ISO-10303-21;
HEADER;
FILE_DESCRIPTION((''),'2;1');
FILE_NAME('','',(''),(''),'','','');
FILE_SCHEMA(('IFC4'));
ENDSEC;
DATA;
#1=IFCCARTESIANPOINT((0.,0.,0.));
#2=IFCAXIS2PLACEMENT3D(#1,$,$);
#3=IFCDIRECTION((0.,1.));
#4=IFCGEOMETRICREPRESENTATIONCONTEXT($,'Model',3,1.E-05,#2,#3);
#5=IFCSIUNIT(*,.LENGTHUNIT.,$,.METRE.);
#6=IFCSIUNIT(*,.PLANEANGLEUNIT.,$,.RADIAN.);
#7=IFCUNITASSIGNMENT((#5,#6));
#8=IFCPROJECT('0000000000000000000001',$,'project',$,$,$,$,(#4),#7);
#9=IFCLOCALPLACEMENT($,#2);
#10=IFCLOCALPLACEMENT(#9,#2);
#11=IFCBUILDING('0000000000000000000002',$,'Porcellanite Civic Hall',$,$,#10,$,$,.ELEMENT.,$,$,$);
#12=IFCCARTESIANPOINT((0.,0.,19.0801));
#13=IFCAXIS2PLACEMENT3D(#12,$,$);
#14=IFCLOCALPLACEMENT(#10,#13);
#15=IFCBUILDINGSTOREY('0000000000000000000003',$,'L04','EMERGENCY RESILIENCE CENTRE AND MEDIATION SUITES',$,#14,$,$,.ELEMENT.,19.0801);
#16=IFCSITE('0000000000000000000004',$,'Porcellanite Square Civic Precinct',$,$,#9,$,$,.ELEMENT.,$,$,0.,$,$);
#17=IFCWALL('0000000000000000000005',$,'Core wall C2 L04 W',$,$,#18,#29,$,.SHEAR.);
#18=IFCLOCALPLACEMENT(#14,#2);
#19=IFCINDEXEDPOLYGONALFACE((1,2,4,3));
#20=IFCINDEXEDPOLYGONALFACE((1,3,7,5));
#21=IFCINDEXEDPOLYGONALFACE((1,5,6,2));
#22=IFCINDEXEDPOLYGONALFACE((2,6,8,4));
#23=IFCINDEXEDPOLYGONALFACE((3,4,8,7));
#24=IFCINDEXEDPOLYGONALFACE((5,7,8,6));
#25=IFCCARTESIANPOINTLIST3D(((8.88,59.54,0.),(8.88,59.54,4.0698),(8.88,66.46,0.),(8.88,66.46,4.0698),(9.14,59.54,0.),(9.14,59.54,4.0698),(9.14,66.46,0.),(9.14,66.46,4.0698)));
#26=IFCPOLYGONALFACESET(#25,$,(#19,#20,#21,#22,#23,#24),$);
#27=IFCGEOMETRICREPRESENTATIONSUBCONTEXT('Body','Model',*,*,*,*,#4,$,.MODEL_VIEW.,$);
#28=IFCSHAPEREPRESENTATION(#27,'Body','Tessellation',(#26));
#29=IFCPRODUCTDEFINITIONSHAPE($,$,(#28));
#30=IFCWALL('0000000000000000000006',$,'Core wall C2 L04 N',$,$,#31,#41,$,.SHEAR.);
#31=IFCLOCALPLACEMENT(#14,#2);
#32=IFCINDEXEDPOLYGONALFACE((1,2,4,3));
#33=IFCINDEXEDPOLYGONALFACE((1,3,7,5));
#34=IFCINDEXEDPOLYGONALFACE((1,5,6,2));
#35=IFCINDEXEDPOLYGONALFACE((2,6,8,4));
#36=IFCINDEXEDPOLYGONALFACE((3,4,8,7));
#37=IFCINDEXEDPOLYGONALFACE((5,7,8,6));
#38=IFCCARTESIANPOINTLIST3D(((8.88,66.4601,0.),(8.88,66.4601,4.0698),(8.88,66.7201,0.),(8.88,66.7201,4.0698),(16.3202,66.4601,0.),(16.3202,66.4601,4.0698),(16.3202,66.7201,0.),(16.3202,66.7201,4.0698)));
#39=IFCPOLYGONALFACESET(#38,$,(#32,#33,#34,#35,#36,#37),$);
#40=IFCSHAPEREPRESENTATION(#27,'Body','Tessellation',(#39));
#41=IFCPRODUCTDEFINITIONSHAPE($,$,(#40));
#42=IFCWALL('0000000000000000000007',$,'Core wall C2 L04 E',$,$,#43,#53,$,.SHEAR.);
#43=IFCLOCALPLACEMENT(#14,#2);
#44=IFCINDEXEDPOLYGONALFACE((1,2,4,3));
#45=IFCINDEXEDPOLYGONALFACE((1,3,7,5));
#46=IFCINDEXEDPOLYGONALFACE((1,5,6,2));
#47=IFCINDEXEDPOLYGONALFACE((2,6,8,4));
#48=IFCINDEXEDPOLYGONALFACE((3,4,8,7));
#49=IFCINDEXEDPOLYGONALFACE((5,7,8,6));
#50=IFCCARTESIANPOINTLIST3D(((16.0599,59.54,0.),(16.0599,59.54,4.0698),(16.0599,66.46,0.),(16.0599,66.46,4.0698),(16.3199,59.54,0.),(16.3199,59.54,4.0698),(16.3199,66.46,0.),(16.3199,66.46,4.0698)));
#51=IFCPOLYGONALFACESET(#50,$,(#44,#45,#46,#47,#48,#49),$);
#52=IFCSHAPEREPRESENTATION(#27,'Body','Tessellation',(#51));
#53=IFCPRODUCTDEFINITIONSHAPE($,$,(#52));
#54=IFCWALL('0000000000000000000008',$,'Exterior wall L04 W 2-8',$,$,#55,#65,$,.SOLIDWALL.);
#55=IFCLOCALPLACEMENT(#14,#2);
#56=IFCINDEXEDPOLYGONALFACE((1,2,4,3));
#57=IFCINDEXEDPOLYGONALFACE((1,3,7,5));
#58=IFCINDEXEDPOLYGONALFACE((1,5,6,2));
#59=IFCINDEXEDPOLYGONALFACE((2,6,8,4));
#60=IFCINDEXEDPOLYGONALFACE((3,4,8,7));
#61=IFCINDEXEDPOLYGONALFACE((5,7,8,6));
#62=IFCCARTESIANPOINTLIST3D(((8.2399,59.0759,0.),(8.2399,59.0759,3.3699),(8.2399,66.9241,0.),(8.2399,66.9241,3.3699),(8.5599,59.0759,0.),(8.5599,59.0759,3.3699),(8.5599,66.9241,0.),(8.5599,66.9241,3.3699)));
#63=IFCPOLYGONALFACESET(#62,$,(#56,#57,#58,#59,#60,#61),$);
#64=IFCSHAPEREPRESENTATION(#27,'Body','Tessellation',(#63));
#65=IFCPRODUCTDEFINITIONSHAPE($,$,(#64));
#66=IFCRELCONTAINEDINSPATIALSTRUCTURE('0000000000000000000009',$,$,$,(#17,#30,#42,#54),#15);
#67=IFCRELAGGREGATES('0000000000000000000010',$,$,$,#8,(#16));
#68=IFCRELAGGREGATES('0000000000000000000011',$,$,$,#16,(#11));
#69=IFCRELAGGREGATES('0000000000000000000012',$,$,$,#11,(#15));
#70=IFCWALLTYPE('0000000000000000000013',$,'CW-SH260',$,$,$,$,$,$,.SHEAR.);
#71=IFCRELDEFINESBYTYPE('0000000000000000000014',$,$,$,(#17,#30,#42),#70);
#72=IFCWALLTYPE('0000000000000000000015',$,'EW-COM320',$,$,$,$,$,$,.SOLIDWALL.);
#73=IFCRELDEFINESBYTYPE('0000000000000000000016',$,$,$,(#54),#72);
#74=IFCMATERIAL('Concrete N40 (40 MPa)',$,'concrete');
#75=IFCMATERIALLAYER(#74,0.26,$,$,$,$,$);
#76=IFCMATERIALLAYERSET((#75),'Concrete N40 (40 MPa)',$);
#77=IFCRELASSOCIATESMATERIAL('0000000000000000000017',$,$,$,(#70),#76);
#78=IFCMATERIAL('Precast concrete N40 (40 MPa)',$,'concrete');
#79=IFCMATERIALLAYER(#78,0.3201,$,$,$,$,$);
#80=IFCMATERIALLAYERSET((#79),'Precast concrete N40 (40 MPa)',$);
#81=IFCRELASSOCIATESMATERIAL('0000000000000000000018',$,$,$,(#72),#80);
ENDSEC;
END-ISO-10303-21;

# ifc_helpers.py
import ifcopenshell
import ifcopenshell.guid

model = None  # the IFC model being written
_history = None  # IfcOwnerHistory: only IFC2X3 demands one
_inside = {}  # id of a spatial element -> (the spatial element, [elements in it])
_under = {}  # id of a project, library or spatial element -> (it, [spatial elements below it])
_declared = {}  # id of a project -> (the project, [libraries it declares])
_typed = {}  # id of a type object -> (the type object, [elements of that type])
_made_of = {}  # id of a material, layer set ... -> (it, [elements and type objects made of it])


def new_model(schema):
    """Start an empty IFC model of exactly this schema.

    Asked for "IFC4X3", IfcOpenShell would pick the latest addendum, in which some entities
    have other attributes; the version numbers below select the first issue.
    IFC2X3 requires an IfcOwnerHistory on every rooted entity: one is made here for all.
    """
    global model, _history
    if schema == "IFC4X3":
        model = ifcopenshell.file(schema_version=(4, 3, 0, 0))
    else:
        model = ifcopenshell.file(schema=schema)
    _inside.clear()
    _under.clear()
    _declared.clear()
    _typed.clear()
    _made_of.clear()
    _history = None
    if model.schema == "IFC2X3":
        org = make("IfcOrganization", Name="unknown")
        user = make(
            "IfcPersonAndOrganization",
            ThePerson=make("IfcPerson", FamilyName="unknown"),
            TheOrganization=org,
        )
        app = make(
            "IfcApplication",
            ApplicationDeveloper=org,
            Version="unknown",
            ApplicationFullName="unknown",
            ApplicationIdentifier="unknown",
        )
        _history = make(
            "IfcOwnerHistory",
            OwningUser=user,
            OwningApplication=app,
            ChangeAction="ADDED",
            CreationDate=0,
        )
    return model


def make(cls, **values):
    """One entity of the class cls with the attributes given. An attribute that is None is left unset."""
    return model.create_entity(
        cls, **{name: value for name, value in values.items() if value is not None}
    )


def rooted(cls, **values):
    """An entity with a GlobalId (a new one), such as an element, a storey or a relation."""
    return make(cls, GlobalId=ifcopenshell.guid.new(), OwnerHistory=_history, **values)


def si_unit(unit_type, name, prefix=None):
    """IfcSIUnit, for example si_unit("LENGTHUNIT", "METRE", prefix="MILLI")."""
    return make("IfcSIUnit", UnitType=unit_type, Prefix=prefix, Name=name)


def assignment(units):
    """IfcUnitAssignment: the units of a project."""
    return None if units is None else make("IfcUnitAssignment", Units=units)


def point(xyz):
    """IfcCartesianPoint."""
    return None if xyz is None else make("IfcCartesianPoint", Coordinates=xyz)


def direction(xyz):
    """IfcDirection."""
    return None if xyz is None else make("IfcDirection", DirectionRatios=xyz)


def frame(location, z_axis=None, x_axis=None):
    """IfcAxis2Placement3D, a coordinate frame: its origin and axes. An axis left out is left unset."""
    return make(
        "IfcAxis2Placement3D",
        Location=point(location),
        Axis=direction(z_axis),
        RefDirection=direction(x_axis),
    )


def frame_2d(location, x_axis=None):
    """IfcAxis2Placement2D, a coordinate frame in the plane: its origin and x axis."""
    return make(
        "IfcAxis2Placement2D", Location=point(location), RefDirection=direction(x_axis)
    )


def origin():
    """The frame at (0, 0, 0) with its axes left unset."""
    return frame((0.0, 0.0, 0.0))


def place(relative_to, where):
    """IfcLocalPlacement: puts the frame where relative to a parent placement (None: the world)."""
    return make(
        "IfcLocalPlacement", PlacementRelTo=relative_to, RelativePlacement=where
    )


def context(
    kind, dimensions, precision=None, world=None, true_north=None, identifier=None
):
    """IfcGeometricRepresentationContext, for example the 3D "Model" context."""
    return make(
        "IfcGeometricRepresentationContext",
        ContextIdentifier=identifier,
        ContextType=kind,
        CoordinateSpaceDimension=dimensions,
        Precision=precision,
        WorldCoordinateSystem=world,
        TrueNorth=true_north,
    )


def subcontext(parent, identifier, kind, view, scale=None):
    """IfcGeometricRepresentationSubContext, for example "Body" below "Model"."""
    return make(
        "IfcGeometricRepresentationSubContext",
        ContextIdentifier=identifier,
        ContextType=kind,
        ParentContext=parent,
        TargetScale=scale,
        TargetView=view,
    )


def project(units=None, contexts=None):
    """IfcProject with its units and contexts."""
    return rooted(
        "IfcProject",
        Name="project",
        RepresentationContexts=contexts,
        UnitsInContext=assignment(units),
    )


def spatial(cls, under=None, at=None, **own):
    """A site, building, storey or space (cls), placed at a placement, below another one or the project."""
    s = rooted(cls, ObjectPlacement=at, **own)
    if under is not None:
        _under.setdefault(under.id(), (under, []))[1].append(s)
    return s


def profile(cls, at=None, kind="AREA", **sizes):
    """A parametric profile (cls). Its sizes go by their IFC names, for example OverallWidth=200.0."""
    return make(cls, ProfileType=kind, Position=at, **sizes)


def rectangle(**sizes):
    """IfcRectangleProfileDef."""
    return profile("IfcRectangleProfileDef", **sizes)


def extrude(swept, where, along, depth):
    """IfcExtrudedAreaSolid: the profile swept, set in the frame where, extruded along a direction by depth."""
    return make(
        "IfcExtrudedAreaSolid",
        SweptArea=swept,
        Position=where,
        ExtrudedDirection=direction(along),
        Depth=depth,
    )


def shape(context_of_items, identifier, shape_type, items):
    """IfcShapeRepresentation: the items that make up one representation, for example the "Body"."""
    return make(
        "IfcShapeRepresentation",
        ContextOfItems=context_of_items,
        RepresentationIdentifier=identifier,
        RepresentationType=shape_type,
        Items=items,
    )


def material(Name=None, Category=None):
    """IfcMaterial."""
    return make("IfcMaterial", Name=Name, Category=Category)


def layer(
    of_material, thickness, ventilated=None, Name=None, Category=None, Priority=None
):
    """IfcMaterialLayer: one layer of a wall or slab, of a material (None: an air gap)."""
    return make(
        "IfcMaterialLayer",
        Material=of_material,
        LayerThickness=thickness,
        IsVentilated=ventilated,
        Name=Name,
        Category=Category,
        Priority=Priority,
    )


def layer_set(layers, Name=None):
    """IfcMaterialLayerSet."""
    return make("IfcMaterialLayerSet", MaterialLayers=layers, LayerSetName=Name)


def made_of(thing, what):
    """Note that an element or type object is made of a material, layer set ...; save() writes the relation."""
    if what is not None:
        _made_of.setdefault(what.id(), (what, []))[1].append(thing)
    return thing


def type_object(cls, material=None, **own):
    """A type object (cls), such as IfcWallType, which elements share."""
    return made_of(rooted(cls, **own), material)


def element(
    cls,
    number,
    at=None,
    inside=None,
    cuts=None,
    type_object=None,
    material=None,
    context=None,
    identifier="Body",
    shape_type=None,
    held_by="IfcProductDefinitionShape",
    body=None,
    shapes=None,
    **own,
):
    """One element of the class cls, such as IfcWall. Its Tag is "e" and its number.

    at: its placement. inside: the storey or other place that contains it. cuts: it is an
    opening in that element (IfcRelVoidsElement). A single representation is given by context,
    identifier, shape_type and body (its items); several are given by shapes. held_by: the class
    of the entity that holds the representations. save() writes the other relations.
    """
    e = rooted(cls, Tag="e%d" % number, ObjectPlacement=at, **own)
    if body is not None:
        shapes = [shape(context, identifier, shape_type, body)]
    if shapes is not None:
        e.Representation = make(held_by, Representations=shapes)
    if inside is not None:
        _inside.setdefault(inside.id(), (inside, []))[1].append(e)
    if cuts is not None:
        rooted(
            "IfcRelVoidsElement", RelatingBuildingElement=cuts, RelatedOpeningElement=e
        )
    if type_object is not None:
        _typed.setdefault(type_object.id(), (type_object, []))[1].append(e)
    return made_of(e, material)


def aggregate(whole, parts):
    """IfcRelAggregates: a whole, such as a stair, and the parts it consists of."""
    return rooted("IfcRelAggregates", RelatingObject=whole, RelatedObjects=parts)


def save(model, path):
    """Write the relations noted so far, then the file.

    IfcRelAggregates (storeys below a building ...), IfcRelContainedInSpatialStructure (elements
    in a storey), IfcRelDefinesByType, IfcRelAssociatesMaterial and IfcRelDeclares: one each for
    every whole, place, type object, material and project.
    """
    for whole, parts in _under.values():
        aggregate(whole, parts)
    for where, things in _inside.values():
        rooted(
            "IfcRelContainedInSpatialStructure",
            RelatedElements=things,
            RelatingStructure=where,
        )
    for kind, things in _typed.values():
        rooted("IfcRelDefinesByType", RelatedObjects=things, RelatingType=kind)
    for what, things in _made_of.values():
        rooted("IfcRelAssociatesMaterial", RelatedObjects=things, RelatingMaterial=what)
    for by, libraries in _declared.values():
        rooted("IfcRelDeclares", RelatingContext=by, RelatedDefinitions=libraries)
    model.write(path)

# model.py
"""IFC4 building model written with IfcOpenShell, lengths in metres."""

from ifc_helpers import new_model, si_unit, direction, frame, frame_2d, origin, place, context, subcontext, project, spatial, rectangle, extrude, material, layer, layer_set, type_object, element, save


model = new_model("IFC4")

# Units and contexts
model_context = context("Model", 3, precision=1e-05, world=origin(), true_north=direction((0.0, 1.0)))
body_context = subcontext(model_context, "Body", "Model", "MODEL_VIEW")
ifc_project = project(units=[si_unit("LENGTHUNIT", "METRE"), si_unit("PLANEANGLEUNIT", "RADIAN")], contexts=[model_context])

# Site, building, storey
site_placement = place(None, origin())
site = spatial("IfcSite", under=ifc_project, at=site_placement, Name="Porcellanite Square Civic Precinct", CompositionType="ELEMENT", RefElevation=0.0)
building_placement = place(site_placement, origin())
building = spatial("IfcBuilding", under=site, at=building_placement, Name="Porcellanite Civic Hall", CompositionType="ELEMENT")
storey_placement = place(building_placement, frame((0.0, 0.0, 19.0801)))
storey = spatial("IfcBuildingStorey", under=building, at=storey_placement, Name="L04", Description="EMERGENCY RESILIENCE CENTRE AND MEDIATION SUITES", CompositionType="ELEMENT", Elevation=19.0801)

# Shared definitions
ifc_material_1 = material(Name="Concrete N40 (40 MPa)", Category="concrete")
ifc_layer_1 = layer(ifc_material_1, 0.26)
ifc_layer_set_1 = layer_set([ifc_layer_1], Name="Concrete N40 (40 MPa)")
wall_type_1 = type_object("IfcWallType", Name="CW-SH260", PredefinedType="SHEAR", material=ifc_layer_set_1)

# Walls
wall_1_placement = place(storey_placement, frame((9.01, 59.54, 0.0), z_axis=(0.0, 0.0, 1.0), x_axis=(0.0, 1.0, 0.0)))
element("IfcWall", 1, at=wall_1_placement, inside=storey, type_object=wall_type_1, Name="Core wall C2 L04 W", PredefinedType="SHEAR", context=body_context, shape_type="SweptSolid", body=[
    extrude(rectangle(XDim=6.9199, YDim=0.26, at=frame_2d((3.46, 0.0))), origin(), (0.0, 0.0, 1.0), 4.0698),
])
wall_2_placement = place(storey_placement, frame((8.8799, 66.5901, 0.0), z_axis=(0.0, 0.0, 1.0), x_axis=(1.0, 0.0, 0.0)))
element("IfcWall", 2, at=wall_2_placement, inside=storey, type_object=wall_type_1, Name="Core wall C2 L04 N", PredefinedType="SHEAR", context=body_context, shape_type="SweptSolid", body=[
    extrude(rectangle(XDim=7.4402, YDim=0.26, at=frame_2d((3.7202, 0.0))), origin(), (0.0, 0.0, 1.0), 4.0698),
])
wall_3_placement = place(storey_placement, frame((16.1899, 66.46, 0.0), z_axis=(0.0, 0.0, 1.0), x_axis=(0.0, -1.0, 0.0)))
element("IfcWall", 3, at=wall_3_placement, inside=storey, type_object=wall_type_1, Name="Core wall C2 L04 E", PredefinedType="SHEAR", context=body_context, shape_type="SweptSolid", body=[
    extrude(rectangle(XDim=6.9199, YDim=0.26, at=frame_2d((3.46, 0.0))), origin(), (0.0, 0.0, 1.0), 4.0698),
])
ifc_material_2 = material(Name="Precast concrete N40 (40 MPa)", Category="concrete")
ifc_layer_2 = layer(ifc_material_2, 0.3201)
ifc_layer_set_2 = layer_set([ifc_layer_2], Name="Precast concrete N40 (40 MPa)")
wall_type_2 = type_object("IfcWallType", Name="EW-COM320", PredefinedType="SOLIDWALL", material=ifc_layer_set_2)
wall_4_placement = place(storey_placement, frame((8.3999, 59.0759, 0.0), z_axis=(0.0, 0.0, 1.0), x_axis=(0.0, 1.0, 0.0)))
element("IfcWall", 4, at=wall_4_placement, inside=storey, type_object=wall_type_2, Name="Exterior wall L04 W 2-8", PredefinedType="SOLIDWALL", context=body_context, shape_type="SweptSolid", body=[
    extrude(rectangle(XDim=7.8481, YDim=0.3201, at=frame_2d((3.9241, 0.0))), origin(), (0.0, 0.0, 1.0), 3.3699),
])

save(model, "model.ifc")
